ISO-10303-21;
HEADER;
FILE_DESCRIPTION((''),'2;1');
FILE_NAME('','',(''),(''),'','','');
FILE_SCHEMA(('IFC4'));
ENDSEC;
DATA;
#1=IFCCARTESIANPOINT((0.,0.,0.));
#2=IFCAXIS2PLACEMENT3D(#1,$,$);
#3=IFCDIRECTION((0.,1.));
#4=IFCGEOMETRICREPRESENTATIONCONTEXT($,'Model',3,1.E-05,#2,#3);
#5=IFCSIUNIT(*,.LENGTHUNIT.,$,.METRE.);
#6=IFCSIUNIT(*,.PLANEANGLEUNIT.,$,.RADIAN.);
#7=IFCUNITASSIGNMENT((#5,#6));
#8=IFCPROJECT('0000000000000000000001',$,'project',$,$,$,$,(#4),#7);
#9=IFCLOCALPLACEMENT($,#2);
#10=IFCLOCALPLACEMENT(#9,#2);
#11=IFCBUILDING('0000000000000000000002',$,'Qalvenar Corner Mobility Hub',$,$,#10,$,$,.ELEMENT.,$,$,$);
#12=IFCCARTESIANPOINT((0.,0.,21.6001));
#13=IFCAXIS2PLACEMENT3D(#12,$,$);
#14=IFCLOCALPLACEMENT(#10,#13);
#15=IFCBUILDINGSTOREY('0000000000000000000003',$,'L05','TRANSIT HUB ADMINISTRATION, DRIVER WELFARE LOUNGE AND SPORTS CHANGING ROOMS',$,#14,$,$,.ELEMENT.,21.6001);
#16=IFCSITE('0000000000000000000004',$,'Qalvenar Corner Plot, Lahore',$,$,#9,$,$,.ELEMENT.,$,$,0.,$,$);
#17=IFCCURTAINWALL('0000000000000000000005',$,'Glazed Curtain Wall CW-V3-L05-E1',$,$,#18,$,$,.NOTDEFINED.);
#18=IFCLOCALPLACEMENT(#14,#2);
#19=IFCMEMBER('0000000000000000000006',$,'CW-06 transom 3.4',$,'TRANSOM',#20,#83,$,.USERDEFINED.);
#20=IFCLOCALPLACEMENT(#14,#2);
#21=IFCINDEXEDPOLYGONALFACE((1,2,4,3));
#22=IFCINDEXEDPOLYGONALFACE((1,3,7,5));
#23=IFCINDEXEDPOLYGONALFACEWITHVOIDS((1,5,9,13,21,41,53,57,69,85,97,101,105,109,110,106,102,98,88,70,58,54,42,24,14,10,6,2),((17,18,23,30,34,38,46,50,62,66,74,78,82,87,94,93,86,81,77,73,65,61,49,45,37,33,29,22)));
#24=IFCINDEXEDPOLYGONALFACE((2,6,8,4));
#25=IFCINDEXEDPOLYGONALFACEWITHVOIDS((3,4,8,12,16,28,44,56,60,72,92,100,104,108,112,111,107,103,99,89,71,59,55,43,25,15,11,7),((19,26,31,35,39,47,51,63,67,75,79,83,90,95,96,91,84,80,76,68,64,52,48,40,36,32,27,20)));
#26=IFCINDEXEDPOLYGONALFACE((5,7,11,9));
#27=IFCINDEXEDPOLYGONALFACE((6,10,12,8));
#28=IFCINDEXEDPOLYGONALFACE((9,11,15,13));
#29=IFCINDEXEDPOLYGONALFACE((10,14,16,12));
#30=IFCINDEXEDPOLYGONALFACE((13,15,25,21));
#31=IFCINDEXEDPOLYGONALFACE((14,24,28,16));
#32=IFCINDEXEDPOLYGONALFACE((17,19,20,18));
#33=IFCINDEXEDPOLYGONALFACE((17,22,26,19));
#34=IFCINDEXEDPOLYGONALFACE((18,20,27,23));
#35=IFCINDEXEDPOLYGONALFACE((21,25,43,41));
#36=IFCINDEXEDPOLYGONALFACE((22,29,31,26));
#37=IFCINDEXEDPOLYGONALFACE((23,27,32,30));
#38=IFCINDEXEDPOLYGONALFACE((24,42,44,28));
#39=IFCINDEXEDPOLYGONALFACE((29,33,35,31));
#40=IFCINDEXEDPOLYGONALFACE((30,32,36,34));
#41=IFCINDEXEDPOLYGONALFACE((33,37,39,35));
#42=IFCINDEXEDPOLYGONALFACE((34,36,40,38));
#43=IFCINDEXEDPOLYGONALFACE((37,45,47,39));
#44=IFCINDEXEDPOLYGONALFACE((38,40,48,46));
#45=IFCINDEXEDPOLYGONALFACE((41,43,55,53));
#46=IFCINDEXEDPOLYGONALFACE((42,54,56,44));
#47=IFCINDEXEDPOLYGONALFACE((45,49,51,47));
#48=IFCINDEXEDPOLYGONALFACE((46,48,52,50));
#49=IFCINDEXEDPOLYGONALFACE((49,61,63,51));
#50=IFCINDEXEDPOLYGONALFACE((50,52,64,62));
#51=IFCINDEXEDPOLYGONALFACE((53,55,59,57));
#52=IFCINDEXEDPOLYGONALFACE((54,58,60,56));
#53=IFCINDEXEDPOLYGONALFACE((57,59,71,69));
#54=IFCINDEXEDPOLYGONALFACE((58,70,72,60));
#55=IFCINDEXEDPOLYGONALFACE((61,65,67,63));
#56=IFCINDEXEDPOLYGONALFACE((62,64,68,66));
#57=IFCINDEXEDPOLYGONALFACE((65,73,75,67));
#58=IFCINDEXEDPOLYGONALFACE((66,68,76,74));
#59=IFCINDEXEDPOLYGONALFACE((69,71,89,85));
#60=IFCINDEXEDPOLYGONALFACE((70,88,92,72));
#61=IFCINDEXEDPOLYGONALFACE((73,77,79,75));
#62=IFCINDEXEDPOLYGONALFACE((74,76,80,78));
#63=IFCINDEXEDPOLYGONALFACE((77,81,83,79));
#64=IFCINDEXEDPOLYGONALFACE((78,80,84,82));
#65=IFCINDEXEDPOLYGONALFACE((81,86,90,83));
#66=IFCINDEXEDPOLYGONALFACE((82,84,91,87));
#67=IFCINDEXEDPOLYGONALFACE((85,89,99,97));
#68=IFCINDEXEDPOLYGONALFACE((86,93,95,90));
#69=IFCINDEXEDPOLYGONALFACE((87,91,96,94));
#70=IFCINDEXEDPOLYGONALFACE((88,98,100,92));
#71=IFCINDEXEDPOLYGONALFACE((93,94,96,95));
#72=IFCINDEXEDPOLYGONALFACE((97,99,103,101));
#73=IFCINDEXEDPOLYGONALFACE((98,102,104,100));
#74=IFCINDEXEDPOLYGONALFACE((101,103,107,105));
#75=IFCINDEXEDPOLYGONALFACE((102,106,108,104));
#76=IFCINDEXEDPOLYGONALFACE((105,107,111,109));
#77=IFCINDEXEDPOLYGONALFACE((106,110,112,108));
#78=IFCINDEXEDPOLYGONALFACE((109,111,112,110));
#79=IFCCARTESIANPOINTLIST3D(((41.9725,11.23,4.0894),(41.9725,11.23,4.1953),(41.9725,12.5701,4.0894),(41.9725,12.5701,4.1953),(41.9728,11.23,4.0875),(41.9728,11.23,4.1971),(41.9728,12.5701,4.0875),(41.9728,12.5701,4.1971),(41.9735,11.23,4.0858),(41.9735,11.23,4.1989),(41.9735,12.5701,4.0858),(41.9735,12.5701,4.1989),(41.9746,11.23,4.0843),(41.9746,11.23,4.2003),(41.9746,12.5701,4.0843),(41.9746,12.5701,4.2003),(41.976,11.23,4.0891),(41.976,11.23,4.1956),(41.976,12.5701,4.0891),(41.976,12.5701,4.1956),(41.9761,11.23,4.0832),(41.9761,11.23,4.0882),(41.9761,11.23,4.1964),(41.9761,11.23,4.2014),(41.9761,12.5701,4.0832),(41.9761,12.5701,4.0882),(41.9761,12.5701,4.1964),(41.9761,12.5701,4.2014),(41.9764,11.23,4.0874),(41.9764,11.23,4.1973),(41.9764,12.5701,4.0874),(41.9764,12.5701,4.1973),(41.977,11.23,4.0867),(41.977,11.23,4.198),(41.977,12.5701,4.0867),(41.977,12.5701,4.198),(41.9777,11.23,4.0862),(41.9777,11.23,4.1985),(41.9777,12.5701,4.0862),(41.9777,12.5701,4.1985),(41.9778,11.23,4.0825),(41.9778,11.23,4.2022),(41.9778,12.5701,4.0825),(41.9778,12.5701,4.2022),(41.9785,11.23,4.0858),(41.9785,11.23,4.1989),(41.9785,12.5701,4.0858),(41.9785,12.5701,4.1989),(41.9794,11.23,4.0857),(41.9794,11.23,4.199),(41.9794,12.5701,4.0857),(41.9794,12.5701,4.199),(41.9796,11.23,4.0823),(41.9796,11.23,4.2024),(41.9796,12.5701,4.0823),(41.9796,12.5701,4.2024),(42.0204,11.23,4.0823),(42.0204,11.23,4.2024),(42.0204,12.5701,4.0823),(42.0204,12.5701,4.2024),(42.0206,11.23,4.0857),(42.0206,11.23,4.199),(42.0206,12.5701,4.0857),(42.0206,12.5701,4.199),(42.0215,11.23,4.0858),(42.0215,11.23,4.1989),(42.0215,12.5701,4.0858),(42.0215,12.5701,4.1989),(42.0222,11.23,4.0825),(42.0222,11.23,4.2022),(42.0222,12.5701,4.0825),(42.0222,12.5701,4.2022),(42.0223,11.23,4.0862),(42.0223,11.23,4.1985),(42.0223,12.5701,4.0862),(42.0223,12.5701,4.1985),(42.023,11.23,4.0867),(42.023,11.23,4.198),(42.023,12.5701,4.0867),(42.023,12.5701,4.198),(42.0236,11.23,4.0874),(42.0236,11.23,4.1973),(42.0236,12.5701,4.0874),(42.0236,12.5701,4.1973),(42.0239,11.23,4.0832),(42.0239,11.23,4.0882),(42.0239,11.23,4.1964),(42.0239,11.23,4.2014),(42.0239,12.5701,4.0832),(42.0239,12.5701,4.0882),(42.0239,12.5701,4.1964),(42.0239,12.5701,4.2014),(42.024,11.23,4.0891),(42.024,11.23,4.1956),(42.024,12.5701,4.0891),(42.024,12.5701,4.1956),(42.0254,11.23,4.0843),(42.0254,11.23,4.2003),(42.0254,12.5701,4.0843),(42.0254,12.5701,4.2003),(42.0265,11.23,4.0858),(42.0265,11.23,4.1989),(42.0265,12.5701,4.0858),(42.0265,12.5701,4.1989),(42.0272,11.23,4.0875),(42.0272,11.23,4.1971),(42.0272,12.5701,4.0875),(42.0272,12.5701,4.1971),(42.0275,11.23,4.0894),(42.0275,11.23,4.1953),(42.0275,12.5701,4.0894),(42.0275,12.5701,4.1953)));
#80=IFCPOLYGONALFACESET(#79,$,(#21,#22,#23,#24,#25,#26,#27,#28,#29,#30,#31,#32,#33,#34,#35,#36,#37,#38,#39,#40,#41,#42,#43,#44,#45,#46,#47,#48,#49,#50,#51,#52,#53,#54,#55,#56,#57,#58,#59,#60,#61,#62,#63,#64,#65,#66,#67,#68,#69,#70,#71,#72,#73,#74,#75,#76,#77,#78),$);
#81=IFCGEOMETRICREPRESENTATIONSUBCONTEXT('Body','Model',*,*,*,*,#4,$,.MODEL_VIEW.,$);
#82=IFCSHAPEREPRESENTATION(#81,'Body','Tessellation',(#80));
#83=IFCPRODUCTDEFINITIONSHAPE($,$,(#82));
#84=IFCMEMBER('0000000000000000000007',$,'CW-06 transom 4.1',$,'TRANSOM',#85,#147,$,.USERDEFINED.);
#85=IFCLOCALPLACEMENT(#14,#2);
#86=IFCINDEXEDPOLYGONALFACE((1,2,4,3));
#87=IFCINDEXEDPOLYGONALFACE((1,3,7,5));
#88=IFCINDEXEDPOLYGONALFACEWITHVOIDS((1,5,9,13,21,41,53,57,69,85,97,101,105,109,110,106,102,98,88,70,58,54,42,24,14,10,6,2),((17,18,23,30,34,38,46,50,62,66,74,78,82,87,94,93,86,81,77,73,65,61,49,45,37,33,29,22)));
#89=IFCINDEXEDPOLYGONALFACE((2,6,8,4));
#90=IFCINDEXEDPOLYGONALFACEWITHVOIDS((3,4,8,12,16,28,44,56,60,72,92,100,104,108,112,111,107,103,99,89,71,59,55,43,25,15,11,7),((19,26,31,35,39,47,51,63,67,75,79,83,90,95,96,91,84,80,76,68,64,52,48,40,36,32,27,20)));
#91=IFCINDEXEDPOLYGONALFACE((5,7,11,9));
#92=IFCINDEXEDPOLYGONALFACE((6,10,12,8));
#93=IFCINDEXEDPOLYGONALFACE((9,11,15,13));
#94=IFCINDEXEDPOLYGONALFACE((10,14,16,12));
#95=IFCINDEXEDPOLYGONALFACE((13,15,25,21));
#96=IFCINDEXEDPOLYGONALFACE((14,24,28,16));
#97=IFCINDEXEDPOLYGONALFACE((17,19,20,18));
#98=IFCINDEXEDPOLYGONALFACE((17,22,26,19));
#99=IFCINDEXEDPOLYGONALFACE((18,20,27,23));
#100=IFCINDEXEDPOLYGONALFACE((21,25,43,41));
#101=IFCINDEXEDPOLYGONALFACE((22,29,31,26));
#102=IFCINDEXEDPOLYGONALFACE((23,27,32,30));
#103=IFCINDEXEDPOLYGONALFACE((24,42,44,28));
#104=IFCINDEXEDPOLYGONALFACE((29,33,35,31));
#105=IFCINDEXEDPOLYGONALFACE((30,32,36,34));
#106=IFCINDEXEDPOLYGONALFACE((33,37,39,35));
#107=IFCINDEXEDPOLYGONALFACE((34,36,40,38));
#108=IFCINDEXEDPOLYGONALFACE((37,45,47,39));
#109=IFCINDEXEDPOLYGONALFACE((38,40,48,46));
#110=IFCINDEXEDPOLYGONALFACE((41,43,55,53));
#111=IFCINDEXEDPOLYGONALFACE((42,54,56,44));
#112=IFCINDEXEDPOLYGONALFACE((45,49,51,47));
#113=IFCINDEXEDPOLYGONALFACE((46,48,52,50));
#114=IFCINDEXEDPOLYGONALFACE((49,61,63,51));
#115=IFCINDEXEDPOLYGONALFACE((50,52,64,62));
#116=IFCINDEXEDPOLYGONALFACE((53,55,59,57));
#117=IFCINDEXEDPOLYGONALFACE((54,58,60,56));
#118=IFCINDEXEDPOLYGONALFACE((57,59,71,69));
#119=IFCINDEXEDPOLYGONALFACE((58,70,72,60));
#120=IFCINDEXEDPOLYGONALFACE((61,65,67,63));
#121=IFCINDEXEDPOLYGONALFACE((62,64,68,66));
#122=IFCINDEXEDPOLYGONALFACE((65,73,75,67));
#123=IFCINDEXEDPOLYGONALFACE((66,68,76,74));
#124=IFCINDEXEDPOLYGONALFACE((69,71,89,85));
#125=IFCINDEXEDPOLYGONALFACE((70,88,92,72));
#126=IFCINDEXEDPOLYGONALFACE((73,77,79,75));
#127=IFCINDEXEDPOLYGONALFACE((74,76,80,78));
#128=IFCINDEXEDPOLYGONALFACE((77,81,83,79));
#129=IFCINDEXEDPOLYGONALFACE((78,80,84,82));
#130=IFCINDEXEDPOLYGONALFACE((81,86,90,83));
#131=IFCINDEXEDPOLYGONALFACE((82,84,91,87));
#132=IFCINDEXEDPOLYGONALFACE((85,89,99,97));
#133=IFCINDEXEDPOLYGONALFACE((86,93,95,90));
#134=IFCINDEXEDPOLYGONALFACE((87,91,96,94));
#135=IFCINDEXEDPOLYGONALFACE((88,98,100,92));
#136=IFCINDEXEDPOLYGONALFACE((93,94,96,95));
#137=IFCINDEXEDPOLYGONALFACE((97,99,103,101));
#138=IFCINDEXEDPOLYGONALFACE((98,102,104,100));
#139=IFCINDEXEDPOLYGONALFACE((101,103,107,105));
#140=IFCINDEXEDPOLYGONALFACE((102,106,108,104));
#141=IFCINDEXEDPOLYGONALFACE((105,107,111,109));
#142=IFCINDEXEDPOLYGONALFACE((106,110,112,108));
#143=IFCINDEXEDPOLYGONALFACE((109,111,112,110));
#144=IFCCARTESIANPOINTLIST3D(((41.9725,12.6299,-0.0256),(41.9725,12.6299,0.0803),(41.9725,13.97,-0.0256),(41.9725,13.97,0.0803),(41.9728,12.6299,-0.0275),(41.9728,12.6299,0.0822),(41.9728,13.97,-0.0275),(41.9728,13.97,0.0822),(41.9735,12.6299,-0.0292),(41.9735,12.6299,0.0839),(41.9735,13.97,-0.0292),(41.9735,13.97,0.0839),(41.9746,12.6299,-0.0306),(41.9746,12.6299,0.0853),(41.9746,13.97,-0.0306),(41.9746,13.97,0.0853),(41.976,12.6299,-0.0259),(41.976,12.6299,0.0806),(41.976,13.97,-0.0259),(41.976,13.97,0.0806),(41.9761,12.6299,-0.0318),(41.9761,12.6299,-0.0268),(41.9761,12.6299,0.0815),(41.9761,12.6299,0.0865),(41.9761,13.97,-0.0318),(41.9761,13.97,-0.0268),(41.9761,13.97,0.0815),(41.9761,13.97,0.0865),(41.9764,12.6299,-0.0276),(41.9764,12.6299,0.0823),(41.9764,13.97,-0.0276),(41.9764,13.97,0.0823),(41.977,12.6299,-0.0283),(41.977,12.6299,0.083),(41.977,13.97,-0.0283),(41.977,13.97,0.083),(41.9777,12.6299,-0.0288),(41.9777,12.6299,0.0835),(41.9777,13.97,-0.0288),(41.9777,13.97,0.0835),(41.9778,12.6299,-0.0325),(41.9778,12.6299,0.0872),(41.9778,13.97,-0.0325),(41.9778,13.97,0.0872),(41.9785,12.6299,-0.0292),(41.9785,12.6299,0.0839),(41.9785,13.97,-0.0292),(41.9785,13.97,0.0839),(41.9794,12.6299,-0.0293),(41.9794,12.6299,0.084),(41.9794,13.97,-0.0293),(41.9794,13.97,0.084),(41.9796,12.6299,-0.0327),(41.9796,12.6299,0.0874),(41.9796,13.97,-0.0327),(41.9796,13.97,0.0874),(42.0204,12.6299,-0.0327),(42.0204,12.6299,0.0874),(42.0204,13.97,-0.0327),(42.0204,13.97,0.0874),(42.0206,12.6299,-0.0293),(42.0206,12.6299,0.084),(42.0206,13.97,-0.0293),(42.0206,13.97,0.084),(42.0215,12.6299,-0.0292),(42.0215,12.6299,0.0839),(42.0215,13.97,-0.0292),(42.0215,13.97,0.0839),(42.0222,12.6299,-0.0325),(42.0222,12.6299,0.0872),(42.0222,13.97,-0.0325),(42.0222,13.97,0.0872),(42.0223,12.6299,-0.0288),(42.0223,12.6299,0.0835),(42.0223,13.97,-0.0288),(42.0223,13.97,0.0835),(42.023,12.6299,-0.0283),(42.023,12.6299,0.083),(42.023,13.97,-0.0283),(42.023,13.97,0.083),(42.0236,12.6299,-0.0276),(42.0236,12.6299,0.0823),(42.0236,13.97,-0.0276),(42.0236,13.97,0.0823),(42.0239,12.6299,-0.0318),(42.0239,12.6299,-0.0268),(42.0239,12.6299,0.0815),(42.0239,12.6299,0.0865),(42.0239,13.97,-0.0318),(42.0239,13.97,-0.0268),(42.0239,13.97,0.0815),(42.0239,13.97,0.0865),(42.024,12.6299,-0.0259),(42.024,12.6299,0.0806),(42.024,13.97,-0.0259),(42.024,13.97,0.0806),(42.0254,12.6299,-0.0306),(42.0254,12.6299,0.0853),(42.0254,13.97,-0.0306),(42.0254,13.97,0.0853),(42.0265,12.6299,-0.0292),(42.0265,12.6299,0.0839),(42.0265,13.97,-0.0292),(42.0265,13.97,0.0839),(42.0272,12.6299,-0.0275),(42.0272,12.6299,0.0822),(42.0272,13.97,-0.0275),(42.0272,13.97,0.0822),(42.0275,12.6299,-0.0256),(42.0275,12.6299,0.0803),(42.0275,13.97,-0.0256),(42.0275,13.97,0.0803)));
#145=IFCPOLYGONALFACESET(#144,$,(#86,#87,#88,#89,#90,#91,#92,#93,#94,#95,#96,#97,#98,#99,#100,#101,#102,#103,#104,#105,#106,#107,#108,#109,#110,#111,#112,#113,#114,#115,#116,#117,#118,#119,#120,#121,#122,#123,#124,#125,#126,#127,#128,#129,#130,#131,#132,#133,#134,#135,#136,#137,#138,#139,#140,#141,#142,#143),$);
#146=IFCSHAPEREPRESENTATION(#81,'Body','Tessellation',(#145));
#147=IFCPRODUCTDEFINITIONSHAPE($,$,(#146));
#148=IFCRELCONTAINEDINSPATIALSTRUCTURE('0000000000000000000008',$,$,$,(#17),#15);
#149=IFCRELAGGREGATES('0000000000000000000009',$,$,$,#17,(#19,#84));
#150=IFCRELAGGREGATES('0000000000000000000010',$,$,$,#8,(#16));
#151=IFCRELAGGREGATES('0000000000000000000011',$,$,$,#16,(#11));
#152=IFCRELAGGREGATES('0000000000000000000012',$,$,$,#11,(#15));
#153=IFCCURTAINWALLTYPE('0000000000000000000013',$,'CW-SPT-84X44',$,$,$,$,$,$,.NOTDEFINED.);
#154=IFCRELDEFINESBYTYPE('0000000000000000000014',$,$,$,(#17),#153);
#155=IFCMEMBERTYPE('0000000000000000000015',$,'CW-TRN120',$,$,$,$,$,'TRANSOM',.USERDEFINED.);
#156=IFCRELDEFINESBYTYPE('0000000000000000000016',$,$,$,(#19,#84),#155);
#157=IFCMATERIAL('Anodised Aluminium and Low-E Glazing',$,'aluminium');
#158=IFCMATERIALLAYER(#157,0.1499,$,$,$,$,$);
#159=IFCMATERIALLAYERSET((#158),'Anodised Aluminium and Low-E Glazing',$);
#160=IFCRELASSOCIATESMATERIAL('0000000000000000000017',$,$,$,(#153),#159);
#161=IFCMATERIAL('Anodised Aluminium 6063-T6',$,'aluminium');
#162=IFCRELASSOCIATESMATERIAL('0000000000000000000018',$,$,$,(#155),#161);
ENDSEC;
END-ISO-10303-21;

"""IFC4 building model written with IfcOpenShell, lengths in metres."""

from ifc_helpers import new_model, si_unit, direction, frame, origin, origin_2d, place, context, subcontext, project, spatial, hollow_rectangle, extrude, material, layer, layer_set, material_profile, profile_set, type_object, element, aggregate, save


model = new_model("IFC4")

# Units and contexts
model_context = context("Model", 3, precision=1e-05, world=origin(), true_north=direction((0.0, 1.0)))
body_context = subcontext(model_context, "Body", "Model", "MODEL_VIEW")
ifc_project = project(units=[si_unit("LENGTHUNIT", "METRE"), si_unit("PLANEANGLEUNIT", "RADIAN")], contexts=[model_context])

# Site, building, storey
site_placement = place(None, origin())
site = spatial("IfcSite", under=ifc_project, at=site_placement, Name="Qalvenar Corner Plot, Lahore", CompositionType="ELEMENT", RefElevation=0.0)
building_placement = place(site_placement, origin())
building = spatial("IfcBuilding", under=site, at=building_placement, Name="Qalvenar Corner Mobility Hub", CompositionType="ELEMENT")
storey_placement = place(building_placement, frame((0.0, 0.0, 21.6001)))
storey = spatial("IfcBuildingStorey", under=building, at=storey_placement, Name="L05", Description="TRANSIT HUB ADMINISTRATION, DRIVER WELFARE LOUNGE AND SPORTS CHANGING ROOMS", CompositionType="ELEMENT", Elevation=21.6001)

# Curtain wall, members
ifc_material_1 = material(Name="Anodised Aluminium and Low-E Glazing", Category="aluminium")
ifc_layer_1 = layer(ifc_material_1, 0.1499)
ifc_layer_set_1 = layer_set([ifc_layer_1], Name="Anodised Aluminium and Low-E Glazing")
curtain_wall_type = type_object("IfcCurtainWallType", Name="CW-SPT-84X44", PredefinedType="NOTDEFINED", material=ifc_layer_set_1)
curtain_wall_placement = place(storey_placement, origin())
curtain_wall = element("IfcCurtainWall", 1, at=curtain_wall_placement, inside=storey, type_object=curtain_wall_type, Name="Glazed Curtain Wall CW-V3-L05-E1", PredefinedType="NOTDEFINED")
ifc_material_2 = material(Name="Anodised Aluminium 6063-T6", Category="aluminium")
ifc_material_profile_1 = material_profile(ifc_material_2, hollow_rectangle(XDim=0.0549, YDim=0.1201, WallThickness=0.0034, InnerFilletRadius=0.0034, OuterFilletRadius=0.0071, at=origin_2d()), Name="RHS120x55x3.5")
ifc_profile_set_1 = profile_set([ifc_material_profile_1], Name="Anodised Aluminium 6063-T6")
member_type_1 = type_object("IfcMemberType", Name="CW-TRN120", ElementType="TRANSOM", PredefinedType="USERDEFINED", material=ifc_profile_set_1)
member_1_placement = place(storey_placement, frame((42.0, 11.23, 4.1423), z_axis=(0.0, 1.0, 0.0), x_axis=(-1.0, 0.0, 0.0)))
member_1 = element("IfcMember", 2, at=member_1_placement, type_object=member_type_1, Name="CW-06 transom 3.4", ObjectType="TRANSOM", PredefinedType="USERDEFINED", context=body_context, shape_type="SweptSolid", body=[
    extrude(hollow_rectangle(XDim=0.0549, YDim=0.1201, WallThickness=0.0034, InnerFilletRadius=0.0034, OuterFilletRadius=0.0071, at=origin_2d()), origin(), (0.0, 0.0, 1.0), 1.3401),
])
member_2_placement = place(storey_placement, frame((42.0, 12.6299, 0.0273), z_axis=(0.0, 1.0, 0.0), x_axis=(-1.0, 0.0, 0.0)))
member_2 = element("IfcMember", 3, at=member_2_placement, type_object=member_type_1, Name="CW-06 transom 4.1", ObjectType="TRANSOM", PredefinedType="USERDEFINED", context=body_context, shape_type="SweptSolid", body=[
    extrude(hollow_rectangle(XDim=0.0549, YDim=0.1201, WallThickness=0.0034, InnerFilletRadius=0.0034, OuterFilletRadius=0.0071, at=origin_2d()), origin(), (0.0, 0.0, 1.0), 1.3401),
])
aggregate(curtain_wall, [member_1, member_2])

save(model, "model.ifc")
